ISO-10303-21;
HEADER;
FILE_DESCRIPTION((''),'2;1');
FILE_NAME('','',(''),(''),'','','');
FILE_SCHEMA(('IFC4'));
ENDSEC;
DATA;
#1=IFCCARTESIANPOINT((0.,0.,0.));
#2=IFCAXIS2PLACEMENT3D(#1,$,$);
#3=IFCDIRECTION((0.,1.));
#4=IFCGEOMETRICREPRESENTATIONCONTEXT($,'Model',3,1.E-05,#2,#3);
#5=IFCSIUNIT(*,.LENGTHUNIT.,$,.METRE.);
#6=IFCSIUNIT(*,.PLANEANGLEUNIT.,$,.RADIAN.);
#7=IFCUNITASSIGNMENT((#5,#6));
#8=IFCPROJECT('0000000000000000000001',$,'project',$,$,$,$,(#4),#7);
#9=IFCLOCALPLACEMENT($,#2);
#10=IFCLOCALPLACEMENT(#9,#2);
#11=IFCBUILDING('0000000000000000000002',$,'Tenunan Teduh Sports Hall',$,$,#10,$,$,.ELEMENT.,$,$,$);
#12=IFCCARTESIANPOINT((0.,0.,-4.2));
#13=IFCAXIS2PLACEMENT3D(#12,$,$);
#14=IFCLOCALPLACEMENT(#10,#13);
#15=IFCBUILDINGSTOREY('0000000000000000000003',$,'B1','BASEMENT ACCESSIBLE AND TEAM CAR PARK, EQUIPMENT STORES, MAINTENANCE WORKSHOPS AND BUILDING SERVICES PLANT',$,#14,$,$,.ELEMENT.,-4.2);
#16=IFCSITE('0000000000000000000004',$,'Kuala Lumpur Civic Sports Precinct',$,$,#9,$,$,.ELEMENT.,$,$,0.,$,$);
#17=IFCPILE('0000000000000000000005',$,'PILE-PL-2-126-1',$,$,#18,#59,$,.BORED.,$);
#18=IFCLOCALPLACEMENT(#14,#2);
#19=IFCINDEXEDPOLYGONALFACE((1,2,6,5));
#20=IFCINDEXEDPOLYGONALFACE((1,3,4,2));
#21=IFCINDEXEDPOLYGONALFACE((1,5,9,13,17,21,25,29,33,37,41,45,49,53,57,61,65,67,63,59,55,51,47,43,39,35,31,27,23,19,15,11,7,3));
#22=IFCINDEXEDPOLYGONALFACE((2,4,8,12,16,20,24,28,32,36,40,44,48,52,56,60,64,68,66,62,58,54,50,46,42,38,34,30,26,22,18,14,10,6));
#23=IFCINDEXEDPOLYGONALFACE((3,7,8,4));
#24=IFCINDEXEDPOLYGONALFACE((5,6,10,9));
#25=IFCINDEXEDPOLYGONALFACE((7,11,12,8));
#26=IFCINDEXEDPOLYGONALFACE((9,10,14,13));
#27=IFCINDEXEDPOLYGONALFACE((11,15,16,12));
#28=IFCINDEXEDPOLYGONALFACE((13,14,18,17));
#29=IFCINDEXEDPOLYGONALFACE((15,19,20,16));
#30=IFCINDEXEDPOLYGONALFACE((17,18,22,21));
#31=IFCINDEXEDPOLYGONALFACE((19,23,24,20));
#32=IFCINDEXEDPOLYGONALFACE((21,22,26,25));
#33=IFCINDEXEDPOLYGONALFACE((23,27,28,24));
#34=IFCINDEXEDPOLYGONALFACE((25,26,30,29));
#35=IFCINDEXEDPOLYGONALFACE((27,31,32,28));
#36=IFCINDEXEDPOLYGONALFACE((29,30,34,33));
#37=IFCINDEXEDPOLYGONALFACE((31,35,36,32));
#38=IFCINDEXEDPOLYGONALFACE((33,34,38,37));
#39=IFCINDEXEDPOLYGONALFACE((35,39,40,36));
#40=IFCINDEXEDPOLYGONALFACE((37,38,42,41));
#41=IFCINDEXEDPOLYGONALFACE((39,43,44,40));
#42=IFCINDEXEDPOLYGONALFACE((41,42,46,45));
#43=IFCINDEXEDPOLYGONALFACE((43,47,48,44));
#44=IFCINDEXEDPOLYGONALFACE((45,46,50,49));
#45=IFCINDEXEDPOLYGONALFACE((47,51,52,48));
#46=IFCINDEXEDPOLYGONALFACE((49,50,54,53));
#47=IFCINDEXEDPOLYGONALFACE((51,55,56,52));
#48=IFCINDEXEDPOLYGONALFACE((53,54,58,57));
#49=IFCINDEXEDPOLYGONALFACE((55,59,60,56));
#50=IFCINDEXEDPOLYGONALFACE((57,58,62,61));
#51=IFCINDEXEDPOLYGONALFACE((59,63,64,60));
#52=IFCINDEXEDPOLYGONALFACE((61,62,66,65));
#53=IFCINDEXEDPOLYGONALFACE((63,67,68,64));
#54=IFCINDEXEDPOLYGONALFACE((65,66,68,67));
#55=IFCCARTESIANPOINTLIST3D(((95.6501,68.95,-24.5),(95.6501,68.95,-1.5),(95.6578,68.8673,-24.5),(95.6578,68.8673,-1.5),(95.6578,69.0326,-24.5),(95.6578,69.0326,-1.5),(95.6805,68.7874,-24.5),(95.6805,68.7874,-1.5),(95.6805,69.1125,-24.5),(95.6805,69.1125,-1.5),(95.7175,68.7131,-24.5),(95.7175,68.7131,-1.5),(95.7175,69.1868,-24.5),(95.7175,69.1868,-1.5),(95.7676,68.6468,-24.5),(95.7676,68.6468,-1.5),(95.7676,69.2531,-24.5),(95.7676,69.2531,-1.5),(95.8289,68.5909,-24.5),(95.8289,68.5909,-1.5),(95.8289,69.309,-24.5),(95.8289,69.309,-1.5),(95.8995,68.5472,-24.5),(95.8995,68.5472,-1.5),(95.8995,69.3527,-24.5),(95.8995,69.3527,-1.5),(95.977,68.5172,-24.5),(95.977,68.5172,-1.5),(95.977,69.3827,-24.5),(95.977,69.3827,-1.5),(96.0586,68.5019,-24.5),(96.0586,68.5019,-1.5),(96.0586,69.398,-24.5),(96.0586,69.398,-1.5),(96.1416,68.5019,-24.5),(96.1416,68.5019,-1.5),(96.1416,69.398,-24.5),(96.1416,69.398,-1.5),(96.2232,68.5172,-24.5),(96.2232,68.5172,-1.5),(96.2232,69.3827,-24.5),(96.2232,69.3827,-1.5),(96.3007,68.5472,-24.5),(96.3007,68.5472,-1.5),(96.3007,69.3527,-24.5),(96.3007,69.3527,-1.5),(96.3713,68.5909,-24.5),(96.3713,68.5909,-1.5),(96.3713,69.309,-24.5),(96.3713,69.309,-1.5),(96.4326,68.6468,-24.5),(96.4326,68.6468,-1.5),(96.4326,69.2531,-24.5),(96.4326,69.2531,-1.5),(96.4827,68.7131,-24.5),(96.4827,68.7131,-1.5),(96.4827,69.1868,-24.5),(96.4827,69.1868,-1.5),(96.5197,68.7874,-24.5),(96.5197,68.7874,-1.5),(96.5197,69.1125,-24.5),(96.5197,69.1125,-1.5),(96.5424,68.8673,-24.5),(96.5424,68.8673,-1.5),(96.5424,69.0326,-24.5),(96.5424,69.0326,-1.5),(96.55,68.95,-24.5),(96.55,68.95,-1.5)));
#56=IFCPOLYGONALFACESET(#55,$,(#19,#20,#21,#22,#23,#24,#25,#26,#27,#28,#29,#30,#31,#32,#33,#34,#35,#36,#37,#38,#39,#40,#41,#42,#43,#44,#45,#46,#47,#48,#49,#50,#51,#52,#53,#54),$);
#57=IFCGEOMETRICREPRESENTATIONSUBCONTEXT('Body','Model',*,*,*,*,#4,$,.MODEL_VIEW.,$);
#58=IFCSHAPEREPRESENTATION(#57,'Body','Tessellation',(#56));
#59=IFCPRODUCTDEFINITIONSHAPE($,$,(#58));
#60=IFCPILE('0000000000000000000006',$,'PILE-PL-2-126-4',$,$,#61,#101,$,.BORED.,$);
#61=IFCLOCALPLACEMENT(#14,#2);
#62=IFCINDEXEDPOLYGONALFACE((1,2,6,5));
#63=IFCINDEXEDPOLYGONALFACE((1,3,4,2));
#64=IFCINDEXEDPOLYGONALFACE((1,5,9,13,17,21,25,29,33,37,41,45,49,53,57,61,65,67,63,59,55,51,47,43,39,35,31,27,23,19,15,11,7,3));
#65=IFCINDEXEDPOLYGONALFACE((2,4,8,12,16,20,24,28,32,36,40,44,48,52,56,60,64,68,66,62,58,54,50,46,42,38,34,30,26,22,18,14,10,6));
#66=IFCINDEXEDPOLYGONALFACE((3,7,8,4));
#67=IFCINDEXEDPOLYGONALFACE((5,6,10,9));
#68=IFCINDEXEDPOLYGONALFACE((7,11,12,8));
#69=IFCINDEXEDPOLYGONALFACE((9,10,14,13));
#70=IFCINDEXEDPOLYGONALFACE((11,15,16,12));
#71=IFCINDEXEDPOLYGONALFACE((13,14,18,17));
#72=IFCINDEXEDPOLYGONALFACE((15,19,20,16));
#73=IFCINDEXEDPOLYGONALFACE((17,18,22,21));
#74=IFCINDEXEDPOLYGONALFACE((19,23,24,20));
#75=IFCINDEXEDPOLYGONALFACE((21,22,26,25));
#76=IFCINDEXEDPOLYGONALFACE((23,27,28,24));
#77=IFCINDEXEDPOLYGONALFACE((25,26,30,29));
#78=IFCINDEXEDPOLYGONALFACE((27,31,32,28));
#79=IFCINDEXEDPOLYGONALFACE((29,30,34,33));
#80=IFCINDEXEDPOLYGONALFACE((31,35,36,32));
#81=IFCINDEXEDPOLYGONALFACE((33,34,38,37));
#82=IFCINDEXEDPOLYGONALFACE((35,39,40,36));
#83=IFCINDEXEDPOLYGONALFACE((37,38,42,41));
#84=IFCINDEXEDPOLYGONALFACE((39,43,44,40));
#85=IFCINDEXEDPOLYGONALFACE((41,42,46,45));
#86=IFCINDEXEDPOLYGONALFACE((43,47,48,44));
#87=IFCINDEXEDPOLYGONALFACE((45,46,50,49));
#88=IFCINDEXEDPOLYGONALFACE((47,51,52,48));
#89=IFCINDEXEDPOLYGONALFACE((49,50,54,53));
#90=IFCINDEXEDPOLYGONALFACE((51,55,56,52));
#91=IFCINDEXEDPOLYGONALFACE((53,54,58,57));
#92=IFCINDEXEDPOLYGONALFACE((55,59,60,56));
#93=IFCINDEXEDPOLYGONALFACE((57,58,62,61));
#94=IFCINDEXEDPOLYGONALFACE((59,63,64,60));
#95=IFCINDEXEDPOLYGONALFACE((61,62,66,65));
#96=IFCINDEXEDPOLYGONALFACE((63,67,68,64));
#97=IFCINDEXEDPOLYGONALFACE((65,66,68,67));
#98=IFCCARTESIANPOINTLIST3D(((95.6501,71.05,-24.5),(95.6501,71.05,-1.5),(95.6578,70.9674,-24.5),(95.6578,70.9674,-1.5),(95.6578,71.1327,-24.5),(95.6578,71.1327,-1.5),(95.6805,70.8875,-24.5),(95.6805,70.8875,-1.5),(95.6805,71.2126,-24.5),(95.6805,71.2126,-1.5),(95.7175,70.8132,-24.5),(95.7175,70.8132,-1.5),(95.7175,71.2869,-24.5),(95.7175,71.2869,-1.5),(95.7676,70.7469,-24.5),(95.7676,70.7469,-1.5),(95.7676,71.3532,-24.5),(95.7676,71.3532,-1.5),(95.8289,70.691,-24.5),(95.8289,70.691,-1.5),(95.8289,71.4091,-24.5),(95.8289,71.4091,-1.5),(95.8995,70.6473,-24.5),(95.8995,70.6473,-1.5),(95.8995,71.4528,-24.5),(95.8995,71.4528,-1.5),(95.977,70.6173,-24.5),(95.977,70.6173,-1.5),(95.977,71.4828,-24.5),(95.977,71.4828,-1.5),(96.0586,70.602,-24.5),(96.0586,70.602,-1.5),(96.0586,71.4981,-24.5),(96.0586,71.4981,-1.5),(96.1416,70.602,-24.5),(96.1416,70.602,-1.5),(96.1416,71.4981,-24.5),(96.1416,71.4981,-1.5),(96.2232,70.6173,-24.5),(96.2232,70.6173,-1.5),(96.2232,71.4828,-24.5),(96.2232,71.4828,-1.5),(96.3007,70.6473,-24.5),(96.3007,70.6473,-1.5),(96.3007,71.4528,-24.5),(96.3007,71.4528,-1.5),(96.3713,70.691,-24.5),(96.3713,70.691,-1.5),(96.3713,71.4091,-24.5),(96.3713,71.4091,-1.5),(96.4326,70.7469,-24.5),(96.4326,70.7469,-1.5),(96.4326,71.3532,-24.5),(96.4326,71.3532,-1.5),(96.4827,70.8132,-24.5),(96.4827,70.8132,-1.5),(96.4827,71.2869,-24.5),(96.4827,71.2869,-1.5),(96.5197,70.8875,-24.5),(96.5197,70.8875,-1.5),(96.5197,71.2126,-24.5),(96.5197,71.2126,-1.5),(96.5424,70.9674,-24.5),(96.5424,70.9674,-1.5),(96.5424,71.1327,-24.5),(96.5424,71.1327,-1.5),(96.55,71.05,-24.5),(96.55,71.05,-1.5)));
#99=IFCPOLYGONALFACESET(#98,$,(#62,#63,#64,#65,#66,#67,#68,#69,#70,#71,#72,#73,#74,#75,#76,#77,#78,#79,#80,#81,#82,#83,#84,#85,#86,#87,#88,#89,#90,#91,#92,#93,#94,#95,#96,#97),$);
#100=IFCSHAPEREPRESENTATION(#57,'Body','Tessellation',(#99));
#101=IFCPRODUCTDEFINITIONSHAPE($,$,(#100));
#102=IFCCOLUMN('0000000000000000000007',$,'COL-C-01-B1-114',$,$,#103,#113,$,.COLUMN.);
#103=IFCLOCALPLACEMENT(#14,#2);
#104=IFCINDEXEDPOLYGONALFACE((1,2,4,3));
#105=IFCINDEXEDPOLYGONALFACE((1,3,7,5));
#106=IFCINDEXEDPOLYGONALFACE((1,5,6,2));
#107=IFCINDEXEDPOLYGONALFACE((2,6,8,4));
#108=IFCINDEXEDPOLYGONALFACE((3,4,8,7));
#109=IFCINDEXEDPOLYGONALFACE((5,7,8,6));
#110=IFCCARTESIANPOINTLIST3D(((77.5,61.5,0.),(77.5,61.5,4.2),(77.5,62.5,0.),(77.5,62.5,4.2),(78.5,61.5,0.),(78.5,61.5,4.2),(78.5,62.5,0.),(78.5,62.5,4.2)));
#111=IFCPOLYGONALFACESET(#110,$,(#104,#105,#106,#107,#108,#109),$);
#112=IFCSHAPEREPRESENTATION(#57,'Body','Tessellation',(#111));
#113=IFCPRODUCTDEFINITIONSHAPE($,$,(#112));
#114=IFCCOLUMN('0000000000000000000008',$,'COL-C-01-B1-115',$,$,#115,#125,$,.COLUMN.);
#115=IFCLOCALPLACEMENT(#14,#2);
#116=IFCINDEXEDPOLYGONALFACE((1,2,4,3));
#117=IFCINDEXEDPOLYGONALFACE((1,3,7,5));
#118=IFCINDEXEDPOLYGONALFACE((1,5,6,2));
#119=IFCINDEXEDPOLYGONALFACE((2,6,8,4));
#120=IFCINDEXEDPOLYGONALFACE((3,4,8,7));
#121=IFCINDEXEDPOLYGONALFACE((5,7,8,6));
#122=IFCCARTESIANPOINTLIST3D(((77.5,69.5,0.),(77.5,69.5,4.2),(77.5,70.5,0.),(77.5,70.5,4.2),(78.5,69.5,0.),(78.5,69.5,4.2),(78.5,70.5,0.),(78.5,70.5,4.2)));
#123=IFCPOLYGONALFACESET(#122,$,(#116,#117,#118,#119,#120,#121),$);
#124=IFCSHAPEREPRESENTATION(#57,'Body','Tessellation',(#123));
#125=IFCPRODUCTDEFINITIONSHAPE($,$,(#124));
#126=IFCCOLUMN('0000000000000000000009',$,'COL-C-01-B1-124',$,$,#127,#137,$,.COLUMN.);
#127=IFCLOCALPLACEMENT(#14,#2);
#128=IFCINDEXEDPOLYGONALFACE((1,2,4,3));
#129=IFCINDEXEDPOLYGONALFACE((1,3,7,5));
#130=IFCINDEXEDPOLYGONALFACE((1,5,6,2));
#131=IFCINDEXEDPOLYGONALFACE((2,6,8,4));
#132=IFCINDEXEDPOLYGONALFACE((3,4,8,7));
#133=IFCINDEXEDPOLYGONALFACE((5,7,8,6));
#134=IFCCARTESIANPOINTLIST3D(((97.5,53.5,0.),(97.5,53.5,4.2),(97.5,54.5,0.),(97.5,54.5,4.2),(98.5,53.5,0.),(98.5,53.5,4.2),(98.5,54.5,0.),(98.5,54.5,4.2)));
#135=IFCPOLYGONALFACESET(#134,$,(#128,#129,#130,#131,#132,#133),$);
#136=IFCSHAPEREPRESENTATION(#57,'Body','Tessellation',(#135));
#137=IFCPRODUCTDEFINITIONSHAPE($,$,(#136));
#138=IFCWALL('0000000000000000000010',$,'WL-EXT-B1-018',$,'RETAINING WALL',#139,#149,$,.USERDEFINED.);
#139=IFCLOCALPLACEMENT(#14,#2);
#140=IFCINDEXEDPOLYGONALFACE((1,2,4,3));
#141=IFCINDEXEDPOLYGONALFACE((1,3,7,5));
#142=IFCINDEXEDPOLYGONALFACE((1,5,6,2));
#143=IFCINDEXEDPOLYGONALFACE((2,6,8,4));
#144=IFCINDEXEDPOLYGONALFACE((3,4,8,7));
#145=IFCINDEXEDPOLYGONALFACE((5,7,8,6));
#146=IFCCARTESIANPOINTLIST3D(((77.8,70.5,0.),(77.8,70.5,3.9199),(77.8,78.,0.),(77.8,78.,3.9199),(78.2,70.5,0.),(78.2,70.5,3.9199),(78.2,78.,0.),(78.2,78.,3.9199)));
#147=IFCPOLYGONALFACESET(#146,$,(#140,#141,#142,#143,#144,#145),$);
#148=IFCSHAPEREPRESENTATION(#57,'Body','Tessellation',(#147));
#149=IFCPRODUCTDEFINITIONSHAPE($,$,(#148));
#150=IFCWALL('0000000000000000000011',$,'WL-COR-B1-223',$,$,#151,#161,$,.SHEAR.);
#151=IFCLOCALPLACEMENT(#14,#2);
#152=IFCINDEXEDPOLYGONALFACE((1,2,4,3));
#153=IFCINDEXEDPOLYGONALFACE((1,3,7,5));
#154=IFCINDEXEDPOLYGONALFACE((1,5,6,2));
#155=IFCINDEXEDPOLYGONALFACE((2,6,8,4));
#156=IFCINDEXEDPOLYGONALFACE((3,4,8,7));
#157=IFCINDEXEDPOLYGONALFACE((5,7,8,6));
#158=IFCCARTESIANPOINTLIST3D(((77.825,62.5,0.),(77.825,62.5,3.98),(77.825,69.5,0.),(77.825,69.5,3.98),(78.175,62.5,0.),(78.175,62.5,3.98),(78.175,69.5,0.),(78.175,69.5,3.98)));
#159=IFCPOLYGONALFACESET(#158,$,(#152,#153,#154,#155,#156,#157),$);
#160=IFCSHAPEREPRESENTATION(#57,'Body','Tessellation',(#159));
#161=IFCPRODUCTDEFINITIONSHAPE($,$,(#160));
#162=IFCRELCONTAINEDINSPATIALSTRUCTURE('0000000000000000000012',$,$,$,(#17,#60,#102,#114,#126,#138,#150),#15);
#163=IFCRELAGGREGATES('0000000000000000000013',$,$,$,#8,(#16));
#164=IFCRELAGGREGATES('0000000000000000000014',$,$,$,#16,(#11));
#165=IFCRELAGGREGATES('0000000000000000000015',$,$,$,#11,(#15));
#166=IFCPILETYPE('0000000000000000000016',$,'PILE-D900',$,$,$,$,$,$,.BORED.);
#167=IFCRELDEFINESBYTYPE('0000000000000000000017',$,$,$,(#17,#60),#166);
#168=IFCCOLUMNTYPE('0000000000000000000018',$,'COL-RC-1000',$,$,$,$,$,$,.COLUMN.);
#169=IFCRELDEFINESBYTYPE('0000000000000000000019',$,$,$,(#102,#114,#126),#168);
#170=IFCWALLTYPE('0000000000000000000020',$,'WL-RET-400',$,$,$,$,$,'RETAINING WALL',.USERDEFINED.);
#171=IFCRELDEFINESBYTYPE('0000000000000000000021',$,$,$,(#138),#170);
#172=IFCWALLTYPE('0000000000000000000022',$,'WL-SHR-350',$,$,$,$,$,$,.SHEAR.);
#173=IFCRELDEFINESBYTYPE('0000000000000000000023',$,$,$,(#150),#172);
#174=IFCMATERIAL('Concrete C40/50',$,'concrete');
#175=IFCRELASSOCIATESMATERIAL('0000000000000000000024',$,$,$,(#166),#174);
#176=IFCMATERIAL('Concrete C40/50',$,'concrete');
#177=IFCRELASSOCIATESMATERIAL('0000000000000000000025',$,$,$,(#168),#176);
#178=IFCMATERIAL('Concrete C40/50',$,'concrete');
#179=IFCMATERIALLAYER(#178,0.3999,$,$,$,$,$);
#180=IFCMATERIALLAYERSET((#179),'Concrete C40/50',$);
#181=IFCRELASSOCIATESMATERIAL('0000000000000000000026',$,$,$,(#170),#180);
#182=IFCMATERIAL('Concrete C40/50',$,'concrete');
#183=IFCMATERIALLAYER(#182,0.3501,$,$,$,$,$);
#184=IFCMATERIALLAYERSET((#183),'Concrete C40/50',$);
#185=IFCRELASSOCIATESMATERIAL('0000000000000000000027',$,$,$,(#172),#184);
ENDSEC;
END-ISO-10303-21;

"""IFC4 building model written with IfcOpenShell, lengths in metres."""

from ifc_helpers import new_model, si_unit, direction, frame, frame_2d, origin, origin_2d, place, context, subcontext, project, spatial, rectangle, circle, extrude, material, layer, layer_set, material_profile, profile_set, type_object, element, save


model = new_model("IFC4")

# Units and contexts
model_context = context("Model", 3, precision=1e-05, world=origin(), true_north=direction((0.0, 1.0)))
body_context = subcontext(model_context, "Body", "Model", "MODEL_VIEW")
ifc_project = project(units=[si_unit("LENGTHUNIT", "METRE"), si_unit("PLANEANGLEUNIT", "RADIAN")], contexts=[model_context])

# Site, building, storey
site_placement = place(None, origin())
site = spatial("IfcSite", under=ifc_project, at=site_placement, Name="Kuala Lumpur Civic Sports Precinct", CompositionType="ELEMENT", RefElevation=0.0)
building_placement = place(site_placement, origin())
building = spatial("IfcBuilding", under=site, at=building_placement, Name="Tenunan Teduh Sports Hall", CompositionType="ELEMENT")
storey_placement = place(building_placement, frame((0.0, 0.0, -4.2)))
storey = spatial("IfcBuildingStorey", under=building, at=storey_placement, Name="B1", Description="BASEMENT ACCESSIBLE AND TEAM CAR PARK, EQUIPMENT STORES, MAINTENANCE WORKSHOPS AND BUILDING SERVICES PLANT", CompositionType="ELEMENT", Elevation=-4.2)

# Piles
ifc_material_1 = material(Name="Concrete C40/50", Category="concrete")
ifc_material_profile_1 = material_profile(ifc_material_1, circle(Radius=0.45, at=origin_2d()), Name="PILE D900")
ifc_profile_set_1 = profile_set([ifc_material_profile_1], Name="Concrete C40/50")
pile_type = type_object("IfcPileType", Name="PILE-D900", PredefinedType="BORED", material=ifc_profile_set_1)
for number, where, z_axis, x_axis, name in (
    (1, (96.1001, 68.95, -1.5), (0.0, 0.0, -1.0), (1.0, 0.0, 0.0), "PILE-PL-2-126-1"),
    (2, (96.1001, 71.05, -1.5), (0.0, 0.0, -1.0), (1.0, 0.0, 0.0), "PILE-PL-2-126-4"),
):
    element("IfcPile", number, at=place(storey_placement, frame(where, z_axis=z_axis, x_axis=x_axis)), inside=storey, type_object=pile_type, Name=name, PredefinedType="BORED", context=body_context, shape_type="SweptSolid", body=[
        extrude(circle(Radius=0.45, at=origin_2d()), origin(), (0.0, 0.0, 1.0), 23.0),
    ])

# Columns
ifc_material_2 = material(Name="Concrete C40/50", Category="concrete")
ifc_material_profile_2 = material_profile(ifc_material_2, rectangle(XDim=1.0, YDim=1.0, at=origin_2d()), Name="RC 1000x1000")
ifc_profile_set_2 = profile_set([ifc_material_profile_2], Name="Concrete C40/50")
column_type = type_object("IfcColumnType", Name="COL-RC-1000", PredefinedType="COLUMN", material=ifc_profile_set_2)
for number, where, z_axis, x_axis, name in (
    (3, (78.0, 62.0, 0.0), (0.0, 0.0, 1.0), (1.0, 0.0, 0.0), "COL-C-01-B1-114"),
    (4, (78.0, 70.0, 0.0), (0.0, 0.0, 1.0), (1.0, 0.0, 0.0), "COL-C-01-B1-115"),
    (5, (98.0, 54.0, 0.0), (0.0, 0.0, 1.0), (1.0, 0.0, 0.0), "COL-C-01-B1-124"),
):
    element("IfcColumn", number, at=place(storey_placement, frame(where, z_axis=z_axis, x_axis=x_axis)), inside=storey, type_object=column_type, Name=name, PredefinedType="COLUMN", context=body_context, shape_type="SweptSolid", body=[
        extrude(rectangle(XDim=1.0, YDim=1.0, at=origin_2d()), origin(), (0.0, 0.0, 1.0), 4.2),
    ])

# Walls
ifc_material_3 = material(Name="Concrete C40/50", Category="concrete")
ifc_layer_1 = layer(ifc_material_3, 0.3999)
ifc_layer_set_1 = layer_set([ifc_layer_1], Name="Concrete C40/50")
wall_type_1 = type_object("IfcWallType", Name="WL-RET-400", ElementType="RETAINING WALL", PredefinedType="USERDEFINED", material=ifc_layer_set_1)
wall_1_placement = place(storey_placement, frame((78.0, 70.5, 0.0), z_axis=(0.0, 0.0, 1.0), x_axis=(0.0, 1.0, 0.0)))
element("IfcWall", 6, at=wall_1_placement, inside=storey, type_object=wall_type_1, Name="WL-EXT-B1-018", ObjectType="RETAINING WALL", PredefinedType="USERDEFINED", context=body_context, shape_type="SweptSolid", body=[
    extrude(rectangle(XDim=7.5, YDim=0.3999, at=frame_2d((3.75, 0.0))), origin(), (0.0, 0.0, 1.0), 3.9199),
])
ifc_material_4 = material(Name="Concrete C40/50", Category="concrete")
ifc_layer_2 = layer(ifc_material_4, 0.3501)
ifc_layer_set_2 = layer_set([ifc_layer_2], Name="Concrete C40/50")
wall_type_2 = type_object("IfcWallType", Name="WL-SHR-350", PredefinedType="SHEAR", material=ifc_layer_set_2)
wall_2_placement = place(storey_placement, frame((78.0, 62.5, 0.0), z_axis=(0.0, 0.0, 1.0), x_axis=(0.0, 1.0, 0.0)))
element("IfcWall", 7, at=wall_2_placement, inside=storey, type_object=wall_type_2, Name="WL-COR-B1-223", PredefinedType="SHEAR", context=body_context, shape_type="SweptSolid", body=[
    extrude(rectangle(XDim=7.0, YDim=0.3501, at=frame_2d((3.5, 0.0))), origin(), (0.0, 0.0, 1.0), 3.98),
])

save(model, "model.ifc")
